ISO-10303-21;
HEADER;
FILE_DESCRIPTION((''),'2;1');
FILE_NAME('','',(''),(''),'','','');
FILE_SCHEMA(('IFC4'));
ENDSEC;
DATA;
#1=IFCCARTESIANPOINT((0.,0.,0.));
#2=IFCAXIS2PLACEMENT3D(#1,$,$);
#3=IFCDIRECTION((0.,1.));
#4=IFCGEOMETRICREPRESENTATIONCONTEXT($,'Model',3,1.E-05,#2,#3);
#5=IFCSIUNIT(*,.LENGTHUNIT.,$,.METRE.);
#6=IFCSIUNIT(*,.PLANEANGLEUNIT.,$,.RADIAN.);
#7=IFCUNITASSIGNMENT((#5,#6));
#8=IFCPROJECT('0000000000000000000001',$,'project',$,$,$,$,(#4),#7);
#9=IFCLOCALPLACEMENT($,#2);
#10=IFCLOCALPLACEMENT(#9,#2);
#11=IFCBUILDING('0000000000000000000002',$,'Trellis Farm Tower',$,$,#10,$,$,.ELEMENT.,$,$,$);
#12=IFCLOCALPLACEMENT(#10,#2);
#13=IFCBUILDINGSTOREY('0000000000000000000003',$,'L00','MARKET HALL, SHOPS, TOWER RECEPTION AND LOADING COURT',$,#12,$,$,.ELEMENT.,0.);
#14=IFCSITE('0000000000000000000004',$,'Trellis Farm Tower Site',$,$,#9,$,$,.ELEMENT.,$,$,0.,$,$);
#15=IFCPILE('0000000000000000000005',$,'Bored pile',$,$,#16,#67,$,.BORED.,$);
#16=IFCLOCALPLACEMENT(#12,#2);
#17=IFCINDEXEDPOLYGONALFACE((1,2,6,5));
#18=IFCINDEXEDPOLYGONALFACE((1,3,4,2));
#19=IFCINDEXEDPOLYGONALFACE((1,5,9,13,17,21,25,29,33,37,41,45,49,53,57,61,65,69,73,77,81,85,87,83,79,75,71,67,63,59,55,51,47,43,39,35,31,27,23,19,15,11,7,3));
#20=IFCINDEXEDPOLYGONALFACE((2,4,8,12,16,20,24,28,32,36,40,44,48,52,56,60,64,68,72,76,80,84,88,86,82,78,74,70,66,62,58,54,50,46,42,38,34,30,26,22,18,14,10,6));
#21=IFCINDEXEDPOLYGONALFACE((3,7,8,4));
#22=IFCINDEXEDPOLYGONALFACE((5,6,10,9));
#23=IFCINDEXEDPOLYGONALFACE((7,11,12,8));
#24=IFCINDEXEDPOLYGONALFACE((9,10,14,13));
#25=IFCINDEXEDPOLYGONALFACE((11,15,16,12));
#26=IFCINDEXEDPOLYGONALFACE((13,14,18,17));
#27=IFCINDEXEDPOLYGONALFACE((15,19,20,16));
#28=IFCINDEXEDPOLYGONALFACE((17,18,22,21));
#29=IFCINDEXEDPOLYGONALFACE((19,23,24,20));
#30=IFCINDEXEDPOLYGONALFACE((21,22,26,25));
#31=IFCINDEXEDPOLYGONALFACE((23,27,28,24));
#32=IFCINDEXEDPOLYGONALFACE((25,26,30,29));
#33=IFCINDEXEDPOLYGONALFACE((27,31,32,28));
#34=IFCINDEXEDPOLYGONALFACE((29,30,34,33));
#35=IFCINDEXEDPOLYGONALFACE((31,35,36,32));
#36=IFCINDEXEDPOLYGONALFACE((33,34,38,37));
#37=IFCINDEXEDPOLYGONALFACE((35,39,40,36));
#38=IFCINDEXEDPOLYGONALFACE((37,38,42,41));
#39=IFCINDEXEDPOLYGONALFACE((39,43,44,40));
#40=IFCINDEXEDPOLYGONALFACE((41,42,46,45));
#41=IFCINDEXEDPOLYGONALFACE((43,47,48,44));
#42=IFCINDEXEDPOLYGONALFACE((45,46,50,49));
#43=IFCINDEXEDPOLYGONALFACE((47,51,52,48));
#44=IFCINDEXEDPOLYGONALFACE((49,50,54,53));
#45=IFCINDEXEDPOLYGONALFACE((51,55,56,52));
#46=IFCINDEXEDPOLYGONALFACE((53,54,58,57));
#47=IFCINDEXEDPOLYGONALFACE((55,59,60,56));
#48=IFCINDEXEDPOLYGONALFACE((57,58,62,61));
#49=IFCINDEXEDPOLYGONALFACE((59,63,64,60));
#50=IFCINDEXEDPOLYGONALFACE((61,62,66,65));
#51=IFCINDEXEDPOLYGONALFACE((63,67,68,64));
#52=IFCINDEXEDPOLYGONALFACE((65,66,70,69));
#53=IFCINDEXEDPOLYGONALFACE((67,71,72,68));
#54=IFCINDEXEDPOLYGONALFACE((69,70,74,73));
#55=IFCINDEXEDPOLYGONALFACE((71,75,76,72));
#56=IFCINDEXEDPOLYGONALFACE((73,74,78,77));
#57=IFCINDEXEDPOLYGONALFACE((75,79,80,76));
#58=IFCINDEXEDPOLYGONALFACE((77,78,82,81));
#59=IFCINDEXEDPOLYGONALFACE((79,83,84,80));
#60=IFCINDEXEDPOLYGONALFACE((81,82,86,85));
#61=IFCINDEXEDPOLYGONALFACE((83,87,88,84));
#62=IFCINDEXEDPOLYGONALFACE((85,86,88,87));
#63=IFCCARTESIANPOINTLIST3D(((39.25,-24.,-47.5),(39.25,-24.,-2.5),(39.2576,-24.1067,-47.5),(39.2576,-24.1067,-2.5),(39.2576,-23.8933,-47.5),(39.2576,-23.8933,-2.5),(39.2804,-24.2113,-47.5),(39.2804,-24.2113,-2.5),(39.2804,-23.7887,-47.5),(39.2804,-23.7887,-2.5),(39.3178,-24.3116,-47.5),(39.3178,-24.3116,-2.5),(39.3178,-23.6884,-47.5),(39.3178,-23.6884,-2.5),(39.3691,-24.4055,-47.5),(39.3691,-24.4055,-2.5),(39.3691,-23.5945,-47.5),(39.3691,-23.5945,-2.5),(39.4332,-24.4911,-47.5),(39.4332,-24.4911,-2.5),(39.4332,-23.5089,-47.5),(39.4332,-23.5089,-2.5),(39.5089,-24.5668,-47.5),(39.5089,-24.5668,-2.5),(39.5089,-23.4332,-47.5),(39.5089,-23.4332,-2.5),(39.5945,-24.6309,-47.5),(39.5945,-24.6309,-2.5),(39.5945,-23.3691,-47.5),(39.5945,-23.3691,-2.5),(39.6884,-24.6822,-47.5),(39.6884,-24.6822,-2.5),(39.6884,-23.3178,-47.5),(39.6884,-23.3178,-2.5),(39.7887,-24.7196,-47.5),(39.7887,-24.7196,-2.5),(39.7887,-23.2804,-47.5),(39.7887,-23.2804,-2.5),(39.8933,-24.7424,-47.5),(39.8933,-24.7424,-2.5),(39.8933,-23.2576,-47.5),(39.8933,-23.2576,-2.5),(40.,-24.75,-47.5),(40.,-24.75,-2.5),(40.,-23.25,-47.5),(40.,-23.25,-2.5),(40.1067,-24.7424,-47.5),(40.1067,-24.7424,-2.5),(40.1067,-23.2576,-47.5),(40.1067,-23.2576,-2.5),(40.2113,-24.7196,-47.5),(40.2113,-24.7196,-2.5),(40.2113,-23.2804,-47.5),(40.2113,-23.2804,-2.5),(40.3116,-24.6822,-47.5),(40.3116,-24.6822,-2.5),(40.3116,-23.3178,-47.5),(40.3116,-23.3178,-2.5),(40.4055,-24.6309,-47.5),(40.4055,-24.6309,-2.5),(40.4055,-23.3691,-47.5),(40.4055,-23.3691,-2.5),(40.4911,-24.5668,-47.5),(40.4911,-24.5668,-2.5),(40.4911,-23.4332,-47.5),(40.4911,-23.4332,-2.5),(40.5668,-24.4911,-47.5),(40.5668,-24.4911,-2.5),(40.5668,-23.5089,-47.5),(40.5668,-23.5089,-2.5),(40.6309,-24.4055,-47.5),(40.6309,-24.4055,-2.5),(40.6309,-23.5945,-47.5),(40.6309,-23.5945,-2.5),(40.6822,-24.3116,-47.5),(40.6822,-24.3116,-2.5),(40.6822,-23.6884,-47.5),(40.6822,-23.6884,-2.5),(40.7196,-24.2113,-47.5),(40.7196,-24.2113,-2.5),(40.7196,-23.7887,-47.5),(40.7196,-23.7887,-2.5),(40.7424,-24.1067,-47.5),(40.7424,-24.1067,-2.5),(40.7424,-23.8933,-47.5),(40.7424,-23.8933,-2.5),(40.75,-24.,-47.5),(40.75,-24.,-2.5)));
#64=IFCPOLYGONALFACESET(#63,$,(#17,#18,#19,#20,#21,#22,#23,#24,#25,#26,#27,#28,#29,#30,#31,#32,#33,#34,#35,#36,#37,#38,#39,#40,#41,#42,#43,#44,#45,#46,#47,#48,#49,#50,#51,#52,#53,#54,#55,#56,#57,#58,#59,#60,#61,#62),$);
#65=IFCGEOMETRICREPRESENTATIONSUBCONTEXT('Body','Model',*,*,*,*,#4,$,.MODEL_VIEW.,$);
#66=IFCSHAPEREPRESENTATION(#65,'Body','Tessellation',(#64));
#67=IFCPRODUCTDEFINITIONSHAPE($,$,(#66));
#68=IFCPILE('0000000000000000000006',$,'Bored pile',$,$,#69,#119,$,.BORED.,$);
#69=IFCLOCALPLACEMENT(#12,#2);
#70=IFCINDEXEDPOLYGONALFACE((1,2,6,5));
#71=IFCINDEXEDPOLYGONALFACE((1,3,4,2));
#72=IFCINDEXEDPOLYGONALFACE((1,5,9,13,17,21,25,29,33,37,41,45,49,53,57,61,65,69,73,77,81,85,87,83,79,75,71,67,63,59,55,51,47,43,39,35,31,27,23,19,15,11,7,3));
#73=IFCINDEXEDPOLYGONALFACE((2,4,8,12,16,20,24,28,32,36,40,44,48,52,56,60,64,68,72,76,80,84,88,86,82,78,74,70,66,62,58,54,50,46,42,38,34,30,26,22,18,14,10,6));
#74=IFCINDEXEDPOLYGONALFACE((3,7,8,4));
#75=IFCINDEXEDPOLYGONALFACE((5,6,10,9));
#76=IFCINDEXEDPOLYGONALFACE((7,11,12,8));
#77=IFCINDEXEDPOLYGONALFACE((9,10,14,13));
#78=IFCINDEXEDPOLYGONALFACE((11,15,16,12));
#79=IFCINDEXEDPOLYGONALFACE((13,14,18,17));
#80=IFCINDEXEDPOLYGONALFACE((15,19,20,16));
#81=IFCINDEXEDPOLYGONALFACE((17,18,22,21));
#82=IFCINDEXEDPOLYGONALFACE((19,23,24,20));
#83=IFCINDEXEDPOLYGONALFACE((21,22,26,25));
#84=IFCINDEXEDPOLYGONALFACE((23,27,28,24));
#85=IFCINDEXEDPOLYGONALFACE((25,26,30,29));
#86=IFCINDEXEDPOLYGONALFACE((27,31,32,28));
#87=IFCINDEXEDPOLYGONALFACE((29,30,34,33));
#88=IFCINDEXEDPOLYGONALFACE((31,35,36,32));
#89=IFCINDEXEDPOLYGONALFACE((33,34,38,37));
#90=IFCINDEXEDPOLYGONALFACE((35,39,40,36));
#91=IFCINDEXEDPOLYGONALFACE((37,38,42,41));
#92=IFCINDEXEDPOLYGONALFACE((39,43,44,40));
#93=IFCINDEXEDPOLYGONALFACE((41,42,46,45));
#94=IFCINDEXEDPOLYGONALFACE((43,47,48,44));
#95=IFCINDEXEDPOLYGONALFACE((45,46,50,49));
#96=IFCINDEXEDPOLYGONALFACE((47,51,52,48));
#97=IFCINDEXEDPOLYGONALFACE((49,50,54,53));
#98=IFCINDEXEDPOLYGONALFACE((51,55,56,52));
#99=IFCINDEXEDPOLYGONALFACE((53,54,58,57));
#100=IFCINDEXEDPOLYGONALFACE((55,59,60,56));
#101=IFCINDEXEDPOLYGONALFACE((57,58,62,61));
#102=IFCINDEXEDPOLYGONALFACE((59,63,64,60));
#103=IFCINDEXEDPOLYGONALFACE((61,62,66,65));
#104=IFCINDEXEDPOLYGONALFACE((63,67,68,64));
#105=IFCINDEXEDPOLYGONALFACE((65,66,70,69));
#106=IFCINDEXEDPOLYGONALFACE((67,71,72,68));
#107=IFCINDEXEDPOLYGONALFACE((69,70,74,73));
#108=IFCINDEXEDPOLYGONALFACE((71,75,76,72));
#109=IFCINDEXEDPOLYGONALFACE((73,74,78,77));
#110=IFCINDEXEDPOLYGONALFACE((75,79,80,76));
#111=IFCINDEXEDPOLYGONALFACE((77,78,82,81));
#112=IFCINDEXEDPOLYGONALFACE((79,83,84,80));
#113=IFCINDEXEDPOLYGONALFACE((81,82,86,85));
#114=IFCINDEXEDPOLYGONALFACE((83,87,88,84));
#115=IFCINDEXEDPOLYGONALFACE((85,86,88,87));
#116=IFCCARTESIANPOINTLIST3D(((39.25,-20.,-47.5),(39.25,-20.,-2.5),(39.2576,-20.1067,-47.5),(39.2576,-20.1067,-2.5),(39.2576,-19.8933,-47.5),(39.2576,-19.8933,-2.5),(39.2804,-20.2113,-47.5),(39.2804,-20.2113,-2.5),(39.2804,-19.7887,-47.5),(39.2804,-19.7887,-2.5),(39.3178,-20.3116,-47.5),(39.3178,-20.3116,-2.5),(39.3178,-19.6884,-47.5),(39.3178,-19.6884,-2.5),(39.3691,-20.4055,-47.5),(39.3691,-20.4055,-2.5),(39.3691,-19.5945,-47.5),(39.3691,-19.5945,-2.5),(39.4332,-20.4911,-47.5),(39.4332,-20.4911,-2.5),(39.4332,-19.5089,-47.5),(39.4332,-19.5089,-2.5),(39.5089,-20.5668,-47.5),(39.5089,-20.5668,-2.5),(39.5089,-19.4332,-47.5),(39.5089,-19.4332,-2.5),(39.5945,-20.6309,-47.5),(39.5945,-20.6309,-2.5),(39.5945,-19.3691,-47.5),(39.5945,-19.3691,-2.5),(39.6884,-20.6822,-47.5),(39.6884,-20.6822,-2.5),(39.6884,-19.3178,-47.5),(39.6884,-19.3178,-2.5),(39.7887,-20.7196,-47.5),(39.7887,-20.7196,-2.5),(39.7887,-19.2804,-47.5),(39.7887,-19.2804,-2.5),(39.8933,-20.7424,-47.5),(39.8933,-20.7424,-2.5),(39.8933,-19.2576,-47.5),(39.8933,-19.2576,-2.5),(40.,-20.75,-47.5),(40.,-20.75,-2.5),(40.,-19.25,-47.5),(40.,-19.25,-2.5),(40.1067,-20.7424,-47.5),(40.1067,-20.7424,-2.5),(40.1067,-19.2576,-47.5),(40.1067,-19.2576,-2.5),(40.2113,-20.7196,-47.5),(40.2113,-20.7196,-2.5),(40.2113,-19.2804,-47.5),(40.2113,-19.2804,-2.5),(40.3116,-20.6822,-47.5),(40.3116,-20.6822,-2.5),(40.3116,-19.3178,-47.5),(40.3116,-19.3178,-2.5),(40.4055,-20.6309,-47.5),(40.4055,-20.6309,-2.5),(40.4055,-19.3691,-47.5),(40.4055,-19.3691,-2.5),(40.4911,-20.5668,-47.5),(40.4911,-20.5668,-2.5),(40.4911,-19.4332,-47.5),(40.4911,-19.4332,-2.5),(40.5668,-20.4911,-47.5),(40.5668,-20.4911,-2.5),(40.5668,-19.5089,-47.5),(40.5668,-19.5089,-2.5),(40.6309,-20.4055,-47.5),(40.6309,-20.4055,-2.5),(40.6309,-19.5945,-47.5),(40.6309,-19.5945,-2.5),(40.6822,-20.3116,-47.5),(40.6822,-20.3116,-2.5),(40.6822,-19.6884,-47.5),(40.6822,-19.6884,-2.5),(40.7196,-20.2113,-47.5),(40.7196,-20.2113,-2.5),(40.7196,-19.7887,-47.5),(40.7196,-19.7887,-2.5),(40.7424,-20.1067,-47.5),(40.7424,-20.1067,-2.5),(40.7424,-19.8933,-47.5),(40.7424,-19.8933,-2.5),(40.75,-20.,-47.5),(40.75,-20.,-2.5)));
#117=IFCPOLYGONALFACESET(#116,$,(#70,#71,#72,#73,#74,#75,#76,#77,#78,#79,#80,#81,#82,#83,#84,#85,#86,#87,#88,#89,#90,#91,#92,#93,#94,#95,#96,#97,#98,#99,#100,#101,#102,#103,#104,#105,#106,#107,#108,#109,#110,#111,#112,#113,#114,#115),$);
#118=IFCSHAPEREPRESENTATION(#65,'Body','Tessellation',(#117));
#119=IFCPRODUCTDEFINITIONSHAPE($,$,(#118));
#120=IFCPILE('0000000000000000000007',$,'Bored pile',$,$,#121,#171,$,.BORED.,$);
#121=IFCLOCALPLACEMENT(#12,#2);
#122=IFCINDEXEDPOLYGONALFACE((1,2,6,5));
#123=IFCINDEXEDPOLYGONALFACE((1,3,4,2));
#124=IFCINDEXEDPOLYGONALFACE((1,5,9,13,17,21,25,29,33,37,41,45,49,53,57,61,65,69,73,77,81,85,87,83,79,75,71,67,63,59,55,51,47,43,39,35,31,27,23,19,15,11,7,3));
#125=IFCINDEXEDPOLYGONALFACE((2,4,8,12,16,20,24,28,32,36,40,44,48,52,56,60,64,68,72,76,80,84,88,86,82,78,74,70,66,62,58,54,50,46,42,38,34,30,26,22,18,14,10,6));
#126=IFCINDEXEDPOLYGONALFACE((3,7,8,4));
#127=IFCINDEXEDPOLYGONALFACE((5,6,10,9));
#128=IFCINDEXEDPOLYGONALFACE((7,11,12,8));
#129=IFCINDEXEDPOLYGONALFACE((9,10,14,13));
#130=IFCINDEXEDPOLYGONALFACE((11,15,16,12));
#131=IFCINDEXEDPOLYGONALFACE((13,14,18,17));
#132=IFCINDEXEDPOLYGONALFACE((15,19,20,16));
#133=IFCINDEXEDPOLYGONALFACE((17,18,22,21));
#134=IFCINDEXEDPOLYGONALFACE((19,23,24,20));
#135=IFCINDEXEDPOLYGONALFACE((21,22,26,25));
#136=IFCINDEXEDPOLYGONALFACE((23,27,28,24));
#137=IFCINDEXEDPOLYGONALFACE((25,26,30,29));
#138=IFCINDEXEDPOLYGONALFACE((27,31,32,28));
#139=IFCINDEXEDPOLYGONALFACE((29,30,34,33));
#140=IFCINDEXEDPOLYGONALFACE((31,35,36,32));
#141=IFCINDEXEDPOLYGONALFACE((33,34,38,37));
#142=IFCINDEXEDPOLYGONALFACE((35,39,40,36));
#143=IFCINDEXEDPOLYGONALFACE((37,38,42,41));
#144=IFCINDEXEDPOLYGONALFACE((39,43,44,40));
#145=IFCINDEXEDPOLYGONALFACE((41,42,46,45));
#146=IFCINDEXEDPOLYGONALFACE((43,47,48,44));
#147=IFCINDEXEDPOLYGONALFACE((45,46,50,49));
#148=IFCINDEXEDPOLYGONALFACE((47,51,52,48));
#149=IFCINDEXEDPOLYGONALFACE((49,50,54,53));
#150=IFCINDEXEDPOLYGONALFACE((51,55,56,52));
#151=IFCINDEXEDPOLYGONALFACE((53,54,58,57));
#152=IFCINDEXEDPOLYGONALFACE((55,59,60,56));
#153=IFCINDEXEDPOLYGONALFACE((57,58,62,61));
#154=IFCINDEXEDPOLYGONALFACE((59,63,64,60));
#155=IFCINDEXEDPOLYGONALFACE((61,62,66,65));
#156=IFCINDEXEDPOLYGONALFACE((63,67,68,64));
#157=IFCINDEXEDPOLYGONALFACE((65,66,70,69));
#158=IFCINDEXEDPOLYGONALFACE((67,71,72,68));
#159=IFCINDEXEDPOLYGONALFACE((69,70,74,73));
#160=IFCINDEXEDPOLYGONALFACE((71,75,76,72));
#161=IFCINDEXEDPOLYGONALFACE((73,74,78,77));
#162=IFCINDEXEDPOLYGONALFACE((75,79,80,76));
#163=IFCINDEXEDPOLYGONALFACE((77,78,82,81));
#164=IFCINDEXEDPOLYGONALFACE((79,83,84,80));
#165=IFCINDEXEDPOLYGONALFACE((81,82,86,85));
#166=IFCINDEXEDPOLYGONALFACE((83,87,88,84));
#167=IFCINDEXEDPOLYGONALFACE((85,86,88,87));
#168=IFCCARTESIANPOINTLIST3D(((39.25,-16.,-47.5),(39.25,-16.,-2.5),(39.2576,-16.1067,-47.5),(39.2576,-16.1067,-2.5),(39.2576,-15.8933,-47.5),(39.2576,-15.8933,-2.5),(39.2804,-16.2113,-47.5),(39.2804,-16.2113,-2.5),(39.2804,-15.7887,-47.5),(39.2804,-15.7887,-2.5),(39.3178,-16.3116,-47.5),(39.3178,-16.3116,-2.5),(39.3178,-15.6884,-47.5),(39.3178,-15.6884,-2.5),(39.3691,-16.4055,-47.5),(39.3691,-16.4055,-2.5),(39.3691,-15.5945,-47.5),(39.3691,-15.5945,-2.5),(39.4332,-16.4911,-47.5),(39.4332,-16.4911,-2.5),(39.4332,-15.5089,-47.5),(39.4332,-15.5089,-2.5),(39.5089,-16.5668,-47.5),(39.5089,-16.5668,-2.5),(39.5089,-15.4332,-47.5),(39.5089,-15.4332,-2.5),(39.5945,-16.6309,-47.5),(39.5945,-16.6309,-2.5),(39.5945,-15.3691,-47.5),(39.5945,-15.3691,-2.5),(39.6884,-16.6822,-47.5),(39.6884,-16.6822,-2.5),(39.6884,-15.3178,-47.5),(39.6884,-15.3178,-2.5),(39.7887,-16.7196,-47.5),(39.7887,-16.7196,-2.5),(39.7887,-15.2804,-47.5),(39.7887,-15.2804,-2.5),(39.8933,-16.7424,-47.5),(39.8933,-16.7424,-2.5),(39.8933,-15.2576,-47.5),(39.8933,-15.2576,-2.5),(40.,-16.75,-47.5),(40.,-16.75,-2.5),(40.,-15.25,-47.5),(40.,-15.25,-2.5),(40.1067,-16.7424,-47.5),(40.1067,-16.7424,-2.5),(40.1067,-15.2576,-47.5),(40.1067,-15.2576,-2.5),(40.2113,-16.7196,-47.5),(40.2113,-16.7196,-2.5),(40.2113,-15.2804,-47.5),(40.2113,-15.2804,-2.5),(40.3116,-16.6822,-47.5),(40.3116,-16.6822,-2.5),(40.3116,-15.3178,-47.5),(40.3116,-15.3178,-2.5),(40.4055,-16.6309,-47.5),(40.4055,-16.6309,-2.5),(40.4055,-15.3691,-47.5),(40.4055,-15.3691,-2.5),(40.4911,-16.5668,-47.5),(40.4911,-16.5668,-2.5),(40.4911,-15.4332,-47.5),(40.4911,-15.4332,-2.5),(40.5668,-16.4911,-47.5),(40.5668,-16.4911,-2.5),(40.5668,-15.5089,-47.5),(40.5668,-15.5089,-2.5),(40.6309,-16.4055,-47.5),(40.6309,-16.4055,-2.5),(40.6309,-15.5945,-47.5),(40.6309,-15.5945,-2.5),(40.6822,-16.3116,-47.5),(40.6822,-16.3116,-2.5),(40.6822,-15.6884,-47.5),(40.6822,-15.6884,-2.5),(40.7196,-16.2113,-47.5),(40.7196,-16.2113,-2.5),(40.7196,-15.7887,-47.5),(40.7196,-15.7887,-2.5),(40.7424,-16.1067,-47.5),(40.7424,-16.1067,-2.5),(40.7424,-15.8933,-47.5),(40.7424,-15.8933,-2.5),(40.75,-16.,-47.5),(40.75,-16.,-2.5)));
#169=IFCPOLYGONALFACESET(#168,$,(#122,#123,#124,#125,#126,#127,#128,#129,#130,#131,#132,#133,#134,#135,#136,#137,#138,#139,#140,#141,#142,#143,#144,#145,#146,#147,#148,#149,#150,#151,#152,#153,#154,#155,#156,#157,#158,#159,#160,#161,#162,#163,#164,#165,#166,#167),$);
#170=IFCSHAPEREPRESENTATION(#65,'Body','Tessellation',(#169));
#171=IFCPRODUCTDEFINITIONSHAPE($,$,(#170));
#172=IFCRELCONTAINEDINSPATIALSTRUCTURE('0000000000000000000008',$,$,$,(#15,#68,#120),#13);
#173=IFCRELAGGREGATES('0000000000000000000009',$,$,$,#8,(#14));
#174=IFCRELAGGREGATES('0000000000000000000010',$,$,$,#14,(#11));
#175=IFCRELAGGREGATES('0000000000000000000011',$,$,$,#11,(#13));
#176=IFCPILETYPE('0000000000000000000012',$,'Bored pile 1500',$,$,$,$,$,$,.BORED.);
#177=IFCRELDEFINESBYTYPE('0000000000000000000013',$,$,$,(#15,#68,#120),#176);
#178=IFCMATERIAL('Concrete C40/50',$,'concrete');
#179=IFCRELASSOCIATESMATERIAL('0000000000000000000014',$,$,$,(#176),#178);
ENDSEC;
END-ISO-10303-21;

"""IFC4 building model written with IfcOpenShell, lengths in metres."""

from ifc_helpers import new_model, si_unit, direction, frame, origin, origin_2d, place, context, subcontext, project, spatial, circle, extrude, source, transform, mapped, material, material_profile, profile_set, type_object, element, save


model = new_model("IFC4")

# Units and contexts
model_context = context("Model", 3, precision=1e-05, world=origin(), true_north=direction((0.0, 1.0)))
body_context = subcontext(model_context, "Body", "Model", "MODEL_VIEW")
ifc_project = project(units=[si_unit("LENGTHUNIT", "METRE"), si_unit("PLANEANGLEUNIT", "RADIAN")], contexts=[model_context])

# Site, building, storey
site_placement = place(None, origin())
site = spatial("IfcSite", under=ifc_project, at=site_placement, Name="Trellis Farm Tower Site", CompositionType="ELEMENT", RefElevation=0.0)
building_placement = place(site_placement, origin())
building = spatial("IfcBuilding", under=site, at=building_placement, Name="Trellis Farm Tower", CompositionType="ELEMENT")
storey_placement = place(building_placement, origin())
storey = spatial("IfcBuildingStorey", under=building, at=storey_placement, Name="L00", Description="MARKET HALL, SHOPS, TOWER RECEPTION AND LOADING COURT", CompositionType="ELEMENT", Elevation=0.0)

# Piles
ifc_material_1 = material(Name="Concrete C40/50", Category="concrete")
ifc_material_profile_1 = material_profile(ifc_material_1, circle(Radius=0.75, at=origin_2d()), Name="Bored pile 1500")
ifc_profile_set_1 = profile_set([ifc_material_profile_1], Name="Concrete C40/50")
pile_type = type_object("IfcPileType", Name="Bored pile 1500", PredefinedType="BORED", material=ifc_profile_set_1)
shared_shape_1 = source(origin(), body_context, "Body", "SweptSolid", [
    extrude(circle(Radius=0.75, at=origin_2d()), origin(), (0.0, 0.0, 1.0), 45.0),
])
for number, where, z_axis, x_axis, name in (
    (1, (40.0, -24.0, -2.5), (0.0, 0.0, -1.0), (1.0, 0.0, 0.0), "Bored pile"),
    (2, (40.0, -20.0, -2.5), (0.0, 0.0, -1.0), (1.0, 0.0, 0.0), "Bored pile"),
    (3, (40.0, -16.0, -2.5), (0.0, 0.0, -1.0), (1.0, 0.0, 0.0), "Bored pile"),
):
    element("IfcPile", number, at=place(storey_placement, frame(where, z_axis=z_axis, x_axis=x_axis)), inside=storey, type_object=pile_type, Name=name, PredefinedType="BORED", context=body_context, shape_type="MappedRepresentation", body=[
        mapped(shared_shape_1, transform((0.0, 0.0, 0.0))),
    ])

save(model, "model.ifc")
